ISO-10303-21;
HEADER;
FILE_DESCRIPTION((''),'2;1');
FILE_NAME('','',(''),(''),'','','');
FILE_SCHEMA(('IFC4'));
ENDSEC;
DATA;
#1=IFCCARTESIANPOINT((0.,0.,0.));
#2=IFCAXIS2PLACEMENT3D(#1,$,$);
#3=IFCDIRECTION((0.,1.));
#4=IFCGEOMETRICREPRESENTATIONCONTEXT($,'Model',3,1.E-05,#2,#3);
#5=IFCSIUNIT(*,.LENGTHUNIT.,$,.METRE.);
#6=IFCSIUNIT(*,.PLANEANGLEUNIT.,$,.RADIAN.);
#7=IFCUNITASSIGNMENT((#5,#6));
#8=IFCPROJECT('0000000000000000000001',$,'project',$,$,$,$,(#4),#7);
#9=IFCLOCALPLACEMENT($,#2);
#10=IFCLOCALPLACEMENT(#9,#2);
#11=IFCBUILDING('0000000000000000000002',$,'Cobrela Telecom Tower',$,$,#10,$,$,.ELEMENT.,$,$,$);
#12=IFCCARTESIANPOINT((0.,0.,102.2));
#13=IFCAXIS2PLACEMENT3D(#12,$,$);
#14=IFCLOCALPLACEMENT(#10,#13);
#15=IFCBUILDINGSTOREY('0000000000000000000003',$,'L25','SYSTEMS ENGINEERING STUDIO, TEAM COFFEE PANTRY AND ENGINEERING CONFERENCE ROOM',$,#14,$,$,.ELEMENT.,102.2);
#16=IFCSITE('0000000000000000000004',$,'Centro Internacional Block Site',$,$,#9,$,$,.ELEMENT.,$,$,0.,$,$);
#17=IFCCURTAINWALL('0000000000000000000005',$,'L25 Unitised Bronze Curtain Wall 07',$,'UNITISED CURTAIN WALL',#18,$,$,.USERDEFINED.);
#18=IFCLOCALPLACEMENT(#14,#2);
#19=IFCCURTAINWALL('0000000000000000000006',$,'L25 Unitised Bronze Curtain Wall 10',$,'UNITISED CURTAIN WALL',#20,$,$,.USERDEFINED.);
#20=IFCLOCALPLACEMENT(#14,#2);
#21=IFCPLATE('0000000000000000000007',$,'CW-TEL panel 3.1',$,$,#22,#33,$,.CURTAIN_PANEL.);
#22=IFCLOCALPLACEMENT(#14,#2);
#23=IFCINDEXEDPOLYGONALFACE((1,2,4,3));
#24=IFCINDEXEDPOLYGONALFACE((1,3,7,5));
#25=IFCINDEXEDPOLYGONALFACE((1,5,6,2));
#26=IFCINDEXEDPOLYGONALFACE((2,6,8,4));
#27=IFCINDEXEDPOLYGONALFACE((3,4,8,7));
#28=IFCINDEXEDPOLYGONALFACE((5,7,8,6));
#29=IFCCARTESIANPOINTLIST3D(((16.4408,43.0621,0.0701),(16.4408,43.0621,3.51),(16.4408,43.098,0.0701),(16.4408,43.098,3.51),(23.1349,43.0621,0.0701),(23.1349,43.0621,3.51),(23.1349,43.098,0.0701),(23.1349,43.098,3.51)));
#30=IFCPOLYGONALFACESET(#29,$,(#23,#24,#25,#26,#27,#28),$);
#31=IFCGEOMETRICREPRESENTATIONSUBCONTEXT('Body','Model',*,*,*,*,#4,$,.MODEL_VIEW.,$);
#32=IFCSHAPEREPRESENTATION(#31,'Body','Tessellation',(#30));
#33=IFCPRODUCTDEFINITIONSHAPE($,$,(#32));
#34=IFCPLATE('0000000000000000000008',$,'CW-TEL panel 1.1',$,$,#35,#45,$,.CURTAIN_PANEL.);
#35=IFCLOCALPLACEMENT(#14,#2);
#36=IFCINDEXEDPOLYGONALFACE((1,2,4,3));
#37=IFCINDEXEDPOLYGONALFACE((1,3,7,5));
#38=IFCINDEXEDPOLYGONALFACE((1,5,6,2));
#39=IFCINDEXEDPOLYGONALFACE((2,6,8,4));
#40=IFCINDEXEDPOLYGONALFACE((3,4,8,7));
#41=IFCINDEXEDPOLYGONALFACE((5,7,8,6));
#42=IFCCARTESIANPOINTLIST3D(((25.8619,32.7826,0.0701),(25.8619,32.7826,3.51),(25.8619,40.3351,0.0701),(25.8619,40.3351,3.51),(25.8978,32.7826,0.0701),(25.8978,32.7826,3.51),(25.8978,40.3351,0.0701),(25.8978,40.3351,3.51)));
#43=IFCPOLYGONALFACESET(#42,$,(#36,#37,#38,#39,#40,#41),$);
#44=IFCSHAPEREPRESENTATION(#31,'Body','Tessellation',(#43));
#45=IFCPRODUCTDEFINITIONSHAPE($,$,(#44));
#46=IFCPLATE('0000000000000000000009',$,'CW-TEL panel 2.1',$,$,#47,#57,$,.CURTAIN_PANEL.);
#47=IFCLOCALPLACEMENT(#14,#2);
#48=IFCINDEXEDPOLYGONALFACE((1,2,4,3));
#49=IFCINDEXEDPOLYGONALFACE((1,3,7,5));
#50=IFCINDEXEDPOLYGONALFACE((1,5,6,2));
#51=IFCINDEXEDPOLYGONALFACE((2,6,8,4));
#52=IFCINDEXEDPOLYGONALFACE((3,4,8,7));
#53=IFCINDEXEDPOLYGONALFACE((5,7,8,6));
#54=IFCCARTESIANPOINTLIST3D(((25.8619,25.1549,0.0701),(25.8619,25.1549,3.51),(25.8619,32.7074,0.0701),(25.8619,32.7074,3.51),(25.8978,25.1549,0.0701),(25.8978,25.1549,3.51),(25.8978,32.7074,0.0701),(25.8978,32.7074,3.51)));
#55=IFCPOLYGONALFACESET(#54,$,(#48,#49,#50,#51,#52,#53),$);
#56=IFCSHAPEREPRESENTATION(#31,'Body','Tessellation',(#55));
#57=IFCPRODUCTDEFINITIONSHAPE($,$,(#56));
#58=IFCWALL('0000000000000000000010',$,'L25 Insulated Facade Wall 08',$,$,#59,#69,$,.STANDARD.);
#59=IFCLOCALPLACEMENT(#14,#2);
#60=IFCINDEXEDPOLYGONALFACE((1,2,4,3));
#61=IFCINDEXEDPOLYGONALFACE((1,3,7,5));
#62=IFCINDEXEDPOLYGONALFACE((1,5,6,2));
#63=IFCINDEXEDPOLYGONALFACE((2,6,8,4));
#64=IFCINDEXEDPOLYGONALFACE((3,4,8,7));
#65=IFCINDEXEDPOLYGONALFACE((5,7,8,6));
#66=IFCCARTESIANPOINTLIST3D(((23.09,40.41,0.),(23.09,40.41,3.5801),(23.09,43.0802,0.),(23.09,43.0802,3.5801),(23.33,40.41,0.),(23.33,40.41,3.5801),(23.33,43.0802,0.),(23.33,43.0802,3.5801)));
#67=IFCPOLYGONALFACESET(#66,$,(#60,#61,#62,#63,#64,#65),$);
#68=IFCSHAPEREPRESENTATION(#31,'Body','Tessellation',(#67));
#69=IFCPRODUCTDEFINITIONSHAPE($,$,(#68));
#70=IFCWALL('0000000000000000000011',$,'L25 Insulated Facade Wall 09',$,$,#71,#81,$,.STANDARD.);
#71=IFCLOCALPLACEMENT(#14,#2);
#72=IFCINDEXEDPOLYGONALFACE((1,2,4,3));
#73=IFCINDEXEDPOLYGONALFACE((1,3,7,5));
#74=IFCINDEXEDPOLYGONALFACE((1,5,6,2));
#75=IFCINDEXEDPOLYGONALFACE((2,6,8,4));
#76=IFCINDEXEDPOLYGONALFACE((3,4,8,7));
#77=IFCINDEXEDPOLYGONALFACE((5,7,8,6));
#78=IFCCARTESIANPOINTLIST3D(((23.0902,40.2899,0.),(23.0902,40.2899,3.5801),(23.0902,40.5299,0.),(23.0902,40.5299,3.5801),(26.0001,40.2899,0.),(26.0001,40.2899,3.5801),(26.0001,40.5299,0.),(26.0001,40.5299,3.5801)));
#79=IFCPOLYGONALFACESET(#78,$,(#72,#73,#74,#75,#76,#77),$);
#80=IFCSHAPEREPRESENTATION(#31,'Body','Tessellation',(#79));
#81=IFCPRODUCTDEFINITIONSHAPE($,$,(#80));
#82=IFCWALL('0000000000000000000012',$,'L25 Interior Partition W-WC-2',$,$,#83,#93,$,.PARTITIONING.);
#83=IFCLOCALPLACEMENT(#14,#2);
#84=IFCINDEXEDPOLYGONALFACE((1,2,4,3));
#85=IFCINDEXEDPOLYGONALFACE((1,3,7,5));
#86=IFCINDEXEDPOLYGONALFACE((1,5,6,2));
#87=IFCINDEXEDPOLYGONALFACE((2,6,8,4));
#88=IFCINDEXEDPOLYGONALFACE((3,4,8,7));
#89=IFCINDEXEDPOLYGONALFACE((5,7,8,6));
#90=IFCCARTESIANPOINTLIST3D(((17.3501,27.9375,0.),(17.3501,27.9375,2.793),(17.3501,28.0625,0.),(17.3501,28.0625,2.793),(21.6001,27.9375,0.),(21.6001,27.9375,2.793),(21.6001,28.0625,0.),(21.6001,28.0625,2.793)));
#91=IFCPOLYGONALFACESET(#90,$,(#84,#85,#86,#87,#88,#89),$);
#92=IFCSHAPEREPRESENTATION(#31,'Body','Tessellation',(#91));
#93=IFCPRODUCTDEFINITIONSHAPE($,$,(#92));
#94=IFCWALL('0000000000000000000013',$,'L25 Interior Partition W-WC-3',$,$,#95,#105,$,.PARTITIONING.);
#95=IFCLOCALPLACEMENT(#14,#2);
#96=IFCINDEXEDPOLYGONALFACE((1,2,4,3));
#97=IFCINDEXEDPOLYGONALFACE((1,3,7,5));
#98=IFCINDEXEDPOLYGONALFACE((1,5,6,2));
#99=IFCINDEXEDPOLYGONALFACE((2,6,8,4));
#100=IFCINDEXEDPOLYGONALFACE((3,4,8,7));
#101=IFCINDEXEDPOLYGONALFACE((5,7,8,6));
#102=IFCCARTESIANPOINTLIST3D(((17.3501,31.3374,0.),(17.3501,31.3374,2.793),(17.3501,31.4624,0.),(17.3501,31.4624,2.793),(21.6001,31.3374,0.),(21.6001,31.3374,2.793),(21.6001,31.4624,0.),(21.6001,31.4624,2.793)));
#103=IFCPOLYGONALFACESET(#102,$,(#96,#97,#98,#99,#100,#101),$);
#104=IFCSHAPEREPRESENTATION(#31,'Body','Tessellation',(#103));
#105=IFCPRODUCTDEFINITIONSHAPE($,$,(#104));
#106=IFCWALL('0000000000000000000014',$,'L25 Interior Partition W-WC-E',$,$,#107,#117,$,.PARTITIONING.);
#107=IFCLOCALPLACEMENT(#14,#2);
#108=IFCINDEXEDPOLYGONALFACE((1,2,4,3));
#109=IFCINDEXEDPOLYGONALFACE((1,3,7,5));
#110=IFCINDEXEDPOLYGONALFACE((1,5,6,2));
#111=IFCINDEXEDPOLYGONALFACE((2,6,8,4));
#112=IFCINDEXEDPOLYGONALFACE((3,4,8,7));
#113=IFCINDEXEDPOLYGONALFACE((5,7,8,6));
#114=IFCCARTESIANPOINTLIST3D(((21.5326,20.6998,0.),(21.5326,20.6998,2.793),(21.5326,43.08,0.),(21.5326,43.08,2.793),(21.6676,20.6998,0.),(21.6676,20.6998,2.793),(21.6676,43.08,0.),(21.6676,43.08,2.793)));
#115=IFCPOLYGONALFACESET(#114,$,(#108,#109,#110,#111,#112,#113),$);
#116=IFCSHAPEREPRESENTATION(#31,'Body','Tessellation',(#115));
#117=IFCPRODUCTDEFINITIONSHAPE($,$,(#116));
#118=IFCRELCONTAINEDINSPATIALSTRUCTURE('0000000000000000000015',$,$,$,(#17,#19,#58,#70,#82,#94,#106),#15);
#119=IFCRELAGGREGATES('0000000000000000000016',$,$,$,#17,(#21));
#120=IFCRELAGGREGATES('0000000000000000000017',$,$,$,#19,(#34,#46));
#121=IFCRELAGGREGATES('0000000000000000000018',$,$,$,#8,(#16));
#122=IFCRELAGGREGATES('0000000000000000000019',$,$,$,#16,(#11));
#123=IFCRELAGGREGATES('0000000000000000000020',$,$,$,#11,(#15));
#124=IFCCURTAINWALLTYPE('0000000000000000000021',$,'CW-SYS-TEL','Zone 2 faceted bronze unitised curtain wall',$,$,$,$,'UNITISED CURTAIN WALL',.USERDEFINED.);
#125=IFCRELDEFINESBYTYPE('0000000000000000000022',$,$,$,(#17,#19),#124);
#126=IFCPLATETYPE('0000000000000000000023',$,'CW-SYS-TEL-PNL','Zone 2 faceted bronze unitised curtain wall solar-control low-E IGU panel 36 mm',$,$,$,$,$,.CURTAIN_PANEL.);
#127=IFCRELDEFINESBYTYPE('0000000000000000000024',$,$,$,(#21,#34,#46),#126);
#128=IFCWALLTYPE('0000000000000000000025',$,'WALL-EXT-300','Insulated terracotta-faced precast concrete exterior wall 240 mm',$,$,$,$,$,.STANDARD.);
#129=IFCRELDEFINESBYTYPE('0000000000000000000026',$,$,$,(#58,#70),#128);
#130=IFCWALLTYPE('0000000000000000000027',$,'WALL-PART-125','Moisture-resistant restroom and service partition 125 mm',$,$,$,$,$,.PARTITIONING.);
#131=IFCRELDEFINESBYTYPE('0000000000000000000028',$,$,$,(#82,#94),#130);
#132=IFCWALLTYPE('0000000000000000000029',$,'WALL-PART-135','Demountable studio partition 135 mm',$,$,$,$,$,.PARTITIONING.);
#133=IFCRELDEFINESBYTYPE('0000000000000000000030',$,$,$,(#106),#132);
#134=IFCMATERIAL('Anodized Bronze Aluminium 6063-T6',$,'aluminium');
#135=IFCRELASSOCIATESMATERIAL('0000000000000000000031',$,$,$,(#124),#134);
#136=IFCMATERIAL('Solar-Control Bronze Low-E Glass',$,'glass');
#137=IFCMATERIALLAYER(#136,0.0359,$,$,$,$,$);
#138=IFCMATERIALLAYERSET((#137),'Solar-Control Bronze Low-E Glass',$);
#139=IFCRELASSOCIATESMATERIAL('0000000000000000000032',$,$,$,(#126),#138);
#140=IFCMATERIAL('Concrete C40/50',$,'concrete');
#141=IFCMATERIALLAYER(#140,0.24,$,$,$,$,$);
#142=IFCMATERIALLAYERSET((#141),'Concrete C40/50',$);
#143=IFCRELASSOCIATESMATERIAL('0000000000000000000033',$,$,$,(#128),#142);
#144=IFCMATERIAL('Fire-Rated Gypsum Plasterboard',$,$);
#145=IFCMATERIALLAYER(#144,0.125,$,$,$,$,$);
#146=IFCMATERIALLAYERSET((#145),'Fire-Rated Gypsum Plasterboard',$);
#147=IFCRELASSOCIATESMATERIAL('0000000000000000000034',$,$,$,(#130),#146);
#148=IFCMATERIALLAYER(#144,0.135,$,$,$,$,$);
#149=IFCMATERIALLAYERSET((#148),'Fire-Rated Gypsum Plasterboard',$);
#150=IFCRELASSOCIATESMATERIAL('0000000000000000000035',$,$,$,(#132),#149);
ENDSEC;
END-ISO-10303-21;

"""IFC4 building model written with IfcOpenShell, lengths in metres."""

from ifc_helpers import new_model, si_unit, direction, frame, frame_2d, origin, origin_2d, place, context, subcontext, project, spatial, rectangle, extrude, material, layer, layer_set, type_object, element, aggregate, save


model = new_model("IFC4")

# Units and contexts
model_context = context("Model", 3, precision=1e-05, world=origin(), true_north=direction((0.0, 1.0)))
body_context = subcontext(model_context, "Body", "Model", "MODEL_VIEW")
ifc_project = project(units=[si_unit("LENGTHUNIT", "METRE"), si_unit("PLANEANGLEUNIT", "RADIAN")], contexts=[model_context])

# Site, building, storey
site_placement = place(None, origin())
site = spatial("IfcSite", under=ifc_project, at=site_placement, Name="Centro Internacional Block Site", CompositionType="ELEMENT", RefElevation=0.0)
building_placement = place(site_placement, origin())
building = spatial("IfcBuilding", under=site, at=building_placement, Name="Cobrela Telecom Tower", CompositionType="ELEMENT")
storey_placement = place(building_placement, frame((0.0, 0.0, 102.2)))
storey = spatial("IfcBuildingStorey", under=building, at=storey_placement, Name="L25", Description="SYSTEMS ENGINEERING STUDIO, TEAM COFFEE PANTRY AND ENGINEERING CONFERENCE ROOM", CompositionType="ELEMENT", Elevation=102.2)

# Curtain wall
ifc_material_1 = material(Name="Anodized Bronze Aluminium 6063-T6", Category="aluminium")
curtain_wall_type = type_object("IfcCurtainWallType", Name="CW-SYS-TEL", Description="Zone 2 faceted bronze unitised curtain wall", ElementType="UNITISED CURTAIN WALL", PredefinedType="USERDEFINED", material=ifc_material_1)
curtain_wall_1_placement = place(storey_placement, origin())
curtain_wall_1 = element("IfcCurtainWall", 1, at=curtain_wall_1_placement, inside=storey, type_object=curtain_wall_type, Name="L25 Unitised Bronze Curtain Wall 07", ObjectType="UNITISED CURTAIN WALL", PredefinedType="USERDEFINED")

# Curtain wall
curtain_wall_2_placement = place(storey_placement, origin())
curtain_wall_2 = element("IfcCurtainWall", 2, at=curtain_wall_2_placement, inside=storey, type_object=curtain_wall_type, Name="L25 Unitised Bronze Curtain Wall 10", ObjectType="UNITISED CURTAIN WALL", PredefinedType="USERDEFINED")

# Plates
ifc_material_2 = material(Name="Solar-Control Bronze Low-E Glass", Category="glass")
ifc_layer_1 = layer(ifc_material_2, 0.0359)
ifc_layer_set_1 = layer_set([ifc_layer_1], Name="Solar-Control Bronze Low-E Glass")
plate_type = type_object("IfcPlateType", Name="CW-SYS-TEL-PNL", Description="Zone 2 faceted bronze unitised curtain wall solar-control low-E IGU panel 36 mm", PredefinedType="CURTAIN_PANEL", material=ifc_layer_set_1)
plate_1_placement = place(storey_placement, frame((19.7878, 43.0801, 0.0701), z_axis=(0.0, 0.0, 1.0), x_axis=(1.0, 0.0, 0.0)))
plate_1 = element("IfcPlate", 3, at=plate_1_placement, type_object=plate_type, Name="CW-TEL panel 3.1", PredefinedType="CURTAIN_PANEL", context=body_context, shape_type="SweptSolid", body=[
    extrude(rectangle(XDim=6.6941, YDim=0.0359, at=origin_2d()), origin(), (0.0, 0.0, 1.0), 3.4399),
])
aggregate(curtain_wall_1, [plate_1])
plate_2_placement = place(storey_placement, frame((25.8799, 36.5588, 0.0701), z_axis=(0.0, 0.0, 1.0), x_axis=(0.0, -1.0, 0.0)))
plate_2 = element("IfcPlate", 4, at=plate_2_placement, type_object=plate_type, Name="CW-TEL panel 1.1", PredefinedType="CURTAIN_PANEL", context=body_context, shape_type="SweptSolid", body=[
    extrude(rectangle(XDim=7.5525, YDim=0.0359, at=origin_2d()), origin(), (0.0, 0.0, 1.0), 3.4399),
])
plate_3_placement = place(storey_placement, frame((25.8799, 28.9312, 0.0701), z_axis=(0.0, 0.0, 1.0), x_axis=(0.0, -1.0, 0.0)))
plate_3 = element("IfcPlate", 5, at=plate_3_placement, type_object=plate_type, Name="CW-TEL panel 2.1", PredefinedType="CURTAIN_PANEL", context=body_context, shape_type="SweptSolid", body=[
    extrude(rectangle(XDim=7.5525, YDim=0.0359, at=origin_2d()), origin(), (0.0, 0.0, 1.0), 3.4399),
])
aggregate(curtain_wall_2, [plate_2, plate_3])

# Walls
ifc_material_3 = material(Name="Concrete C40/50", Category="concrete")
ifc_layer_2 = layer(ifc_material_3, 0.24)
ifc_layer_set_2 = layer_set([ifc_layer_2], Name="Concrete C40/50")
wall_type_1 = type_object("IfcWallType", Name="WALL-EXT-300", Description="Insulated terracotta-faced precast concrete exterior wall 240 mm", PredefinedType="STANDARD", material=ifc_layer_set_2)
wall_1_placement = place(storey_placement, frame((23.21, 43.0801, 0.0), z_axis=(0.0, 0.0, 1.0), x_axis=(0.0, -1.0, 0.0)))
element("IfcWall", 6, at=wall_1_placement, inside=storey, type_object=wall_type_1, Name="L25 Insulated Facade Wall 08", PredefinedType="STANDARD", context=body_context, shape_type="SweptSolid", body=[
    extrude(rectangle(XDim=2.6702, YDim=0.24, at=frame_2d((1.335, 0.0))), origin(), (0.0, 0.0, 1.0), 3.5801),
])
wall_2_placement = place(storey_placement, frame((23.0901, 40.4099, 0.0), z_axis=(0.0, 0.0, 1.0), x_axis=(1.0, 0.0, 0.0)))
element("IfcWall", 7, at=wall_2_placement, inside=storey, type_object=wall_type_1, Name="L25 Insulated Facade Wall 09", PredefinedType="STANDARD", context=body_context, shape_type="SweptSolid", body=[
    extrude(rectangle(XDim=2.9099, YDim=0.24, at=frame_2d((1.4551, 0.0))), origin(), (0.0, 0.0, 1.0), 3.5801),
])
ifc_material_4 = material(Name="Fire-Rated Gypsum Plasterboard")
ifc_layer_3 = layer(ifc_material_4, 0.125)
ifc_layer_set_3 = layer_set([ifc_layer_3], Name="Fire-Rated Gypsum Plasterboard")
wall_type_2 = type_object("IfcWallType", Name="WALL-PART-125", Description="Moisture-resistant restroom and service partition 125 mm", PredefinedType="PARTITIONING", material=ifc_layer_set_3)
for number, where, z_axis, x_axis, name in (
    (8, (17.3501, 28.0, 0.0), (0.0, 0.0, 1.0), (1.0, 0.0, 0.0), "L25 Interior Partition W-WC-2"),
    (9, (17.3501, 31.3999, 0.0), (0.0, 0.0, 1.0), (1.0, 0.0, 0.0), "L25 Interior Partition W-WC-3"),
):
    element("IfcWall", number, at=place(storey_placement, frame(where, z_axis=z_axis, x_axis=x_axis)), inside=storey, type_object=wall_type_2, Name=name, PredefinedType="PARTITIONING", context=body_context, shape_type="SweptSolid", body=[
        extrude(rectangle(XDim=4.25, YDim=0.125, at=frame_2d((2.125, 0.0))), origin(), (0.0, 0.0, 1.0), 2.793),
    ])
ifc_layer_4 = layer(ifc_material_4, 0.135)
ifc_layer_set_4 = layer_set([ifc_layer_4], Name="Fire-Rated Gypsum Plasterboard")
wall_type_3 = type_object("IfcWallType", Name="WALL-PART-135", Description="Demountable studio partition 135 mm", PredefinedType="PARTITIONING", material=ifc_layer_set_4)
wall_3_placement = place(storey_placement, frame((21.6001, 20.7, 0.0), z_axis=(0.0, 0.0, 1.0), x_axis=(0.0, 1.0, 0.0)))
element("IfcWall", 10, at=wall_3_placement, inside=storey, type_object=wall_type_3, Name="L25 Interior Partition W-WC-E", PredefinedType="PARTITIONING", context=body_context, shape_type="SweptSolid", body=[
    extrude(rectangle(XDim=22.3801, YDim=0.135, at=frame_2d((11.1899, 0.0))), origin(), (0.0, 0.0, 1.0), 2.793),
])

save(model, "model.ifc")
